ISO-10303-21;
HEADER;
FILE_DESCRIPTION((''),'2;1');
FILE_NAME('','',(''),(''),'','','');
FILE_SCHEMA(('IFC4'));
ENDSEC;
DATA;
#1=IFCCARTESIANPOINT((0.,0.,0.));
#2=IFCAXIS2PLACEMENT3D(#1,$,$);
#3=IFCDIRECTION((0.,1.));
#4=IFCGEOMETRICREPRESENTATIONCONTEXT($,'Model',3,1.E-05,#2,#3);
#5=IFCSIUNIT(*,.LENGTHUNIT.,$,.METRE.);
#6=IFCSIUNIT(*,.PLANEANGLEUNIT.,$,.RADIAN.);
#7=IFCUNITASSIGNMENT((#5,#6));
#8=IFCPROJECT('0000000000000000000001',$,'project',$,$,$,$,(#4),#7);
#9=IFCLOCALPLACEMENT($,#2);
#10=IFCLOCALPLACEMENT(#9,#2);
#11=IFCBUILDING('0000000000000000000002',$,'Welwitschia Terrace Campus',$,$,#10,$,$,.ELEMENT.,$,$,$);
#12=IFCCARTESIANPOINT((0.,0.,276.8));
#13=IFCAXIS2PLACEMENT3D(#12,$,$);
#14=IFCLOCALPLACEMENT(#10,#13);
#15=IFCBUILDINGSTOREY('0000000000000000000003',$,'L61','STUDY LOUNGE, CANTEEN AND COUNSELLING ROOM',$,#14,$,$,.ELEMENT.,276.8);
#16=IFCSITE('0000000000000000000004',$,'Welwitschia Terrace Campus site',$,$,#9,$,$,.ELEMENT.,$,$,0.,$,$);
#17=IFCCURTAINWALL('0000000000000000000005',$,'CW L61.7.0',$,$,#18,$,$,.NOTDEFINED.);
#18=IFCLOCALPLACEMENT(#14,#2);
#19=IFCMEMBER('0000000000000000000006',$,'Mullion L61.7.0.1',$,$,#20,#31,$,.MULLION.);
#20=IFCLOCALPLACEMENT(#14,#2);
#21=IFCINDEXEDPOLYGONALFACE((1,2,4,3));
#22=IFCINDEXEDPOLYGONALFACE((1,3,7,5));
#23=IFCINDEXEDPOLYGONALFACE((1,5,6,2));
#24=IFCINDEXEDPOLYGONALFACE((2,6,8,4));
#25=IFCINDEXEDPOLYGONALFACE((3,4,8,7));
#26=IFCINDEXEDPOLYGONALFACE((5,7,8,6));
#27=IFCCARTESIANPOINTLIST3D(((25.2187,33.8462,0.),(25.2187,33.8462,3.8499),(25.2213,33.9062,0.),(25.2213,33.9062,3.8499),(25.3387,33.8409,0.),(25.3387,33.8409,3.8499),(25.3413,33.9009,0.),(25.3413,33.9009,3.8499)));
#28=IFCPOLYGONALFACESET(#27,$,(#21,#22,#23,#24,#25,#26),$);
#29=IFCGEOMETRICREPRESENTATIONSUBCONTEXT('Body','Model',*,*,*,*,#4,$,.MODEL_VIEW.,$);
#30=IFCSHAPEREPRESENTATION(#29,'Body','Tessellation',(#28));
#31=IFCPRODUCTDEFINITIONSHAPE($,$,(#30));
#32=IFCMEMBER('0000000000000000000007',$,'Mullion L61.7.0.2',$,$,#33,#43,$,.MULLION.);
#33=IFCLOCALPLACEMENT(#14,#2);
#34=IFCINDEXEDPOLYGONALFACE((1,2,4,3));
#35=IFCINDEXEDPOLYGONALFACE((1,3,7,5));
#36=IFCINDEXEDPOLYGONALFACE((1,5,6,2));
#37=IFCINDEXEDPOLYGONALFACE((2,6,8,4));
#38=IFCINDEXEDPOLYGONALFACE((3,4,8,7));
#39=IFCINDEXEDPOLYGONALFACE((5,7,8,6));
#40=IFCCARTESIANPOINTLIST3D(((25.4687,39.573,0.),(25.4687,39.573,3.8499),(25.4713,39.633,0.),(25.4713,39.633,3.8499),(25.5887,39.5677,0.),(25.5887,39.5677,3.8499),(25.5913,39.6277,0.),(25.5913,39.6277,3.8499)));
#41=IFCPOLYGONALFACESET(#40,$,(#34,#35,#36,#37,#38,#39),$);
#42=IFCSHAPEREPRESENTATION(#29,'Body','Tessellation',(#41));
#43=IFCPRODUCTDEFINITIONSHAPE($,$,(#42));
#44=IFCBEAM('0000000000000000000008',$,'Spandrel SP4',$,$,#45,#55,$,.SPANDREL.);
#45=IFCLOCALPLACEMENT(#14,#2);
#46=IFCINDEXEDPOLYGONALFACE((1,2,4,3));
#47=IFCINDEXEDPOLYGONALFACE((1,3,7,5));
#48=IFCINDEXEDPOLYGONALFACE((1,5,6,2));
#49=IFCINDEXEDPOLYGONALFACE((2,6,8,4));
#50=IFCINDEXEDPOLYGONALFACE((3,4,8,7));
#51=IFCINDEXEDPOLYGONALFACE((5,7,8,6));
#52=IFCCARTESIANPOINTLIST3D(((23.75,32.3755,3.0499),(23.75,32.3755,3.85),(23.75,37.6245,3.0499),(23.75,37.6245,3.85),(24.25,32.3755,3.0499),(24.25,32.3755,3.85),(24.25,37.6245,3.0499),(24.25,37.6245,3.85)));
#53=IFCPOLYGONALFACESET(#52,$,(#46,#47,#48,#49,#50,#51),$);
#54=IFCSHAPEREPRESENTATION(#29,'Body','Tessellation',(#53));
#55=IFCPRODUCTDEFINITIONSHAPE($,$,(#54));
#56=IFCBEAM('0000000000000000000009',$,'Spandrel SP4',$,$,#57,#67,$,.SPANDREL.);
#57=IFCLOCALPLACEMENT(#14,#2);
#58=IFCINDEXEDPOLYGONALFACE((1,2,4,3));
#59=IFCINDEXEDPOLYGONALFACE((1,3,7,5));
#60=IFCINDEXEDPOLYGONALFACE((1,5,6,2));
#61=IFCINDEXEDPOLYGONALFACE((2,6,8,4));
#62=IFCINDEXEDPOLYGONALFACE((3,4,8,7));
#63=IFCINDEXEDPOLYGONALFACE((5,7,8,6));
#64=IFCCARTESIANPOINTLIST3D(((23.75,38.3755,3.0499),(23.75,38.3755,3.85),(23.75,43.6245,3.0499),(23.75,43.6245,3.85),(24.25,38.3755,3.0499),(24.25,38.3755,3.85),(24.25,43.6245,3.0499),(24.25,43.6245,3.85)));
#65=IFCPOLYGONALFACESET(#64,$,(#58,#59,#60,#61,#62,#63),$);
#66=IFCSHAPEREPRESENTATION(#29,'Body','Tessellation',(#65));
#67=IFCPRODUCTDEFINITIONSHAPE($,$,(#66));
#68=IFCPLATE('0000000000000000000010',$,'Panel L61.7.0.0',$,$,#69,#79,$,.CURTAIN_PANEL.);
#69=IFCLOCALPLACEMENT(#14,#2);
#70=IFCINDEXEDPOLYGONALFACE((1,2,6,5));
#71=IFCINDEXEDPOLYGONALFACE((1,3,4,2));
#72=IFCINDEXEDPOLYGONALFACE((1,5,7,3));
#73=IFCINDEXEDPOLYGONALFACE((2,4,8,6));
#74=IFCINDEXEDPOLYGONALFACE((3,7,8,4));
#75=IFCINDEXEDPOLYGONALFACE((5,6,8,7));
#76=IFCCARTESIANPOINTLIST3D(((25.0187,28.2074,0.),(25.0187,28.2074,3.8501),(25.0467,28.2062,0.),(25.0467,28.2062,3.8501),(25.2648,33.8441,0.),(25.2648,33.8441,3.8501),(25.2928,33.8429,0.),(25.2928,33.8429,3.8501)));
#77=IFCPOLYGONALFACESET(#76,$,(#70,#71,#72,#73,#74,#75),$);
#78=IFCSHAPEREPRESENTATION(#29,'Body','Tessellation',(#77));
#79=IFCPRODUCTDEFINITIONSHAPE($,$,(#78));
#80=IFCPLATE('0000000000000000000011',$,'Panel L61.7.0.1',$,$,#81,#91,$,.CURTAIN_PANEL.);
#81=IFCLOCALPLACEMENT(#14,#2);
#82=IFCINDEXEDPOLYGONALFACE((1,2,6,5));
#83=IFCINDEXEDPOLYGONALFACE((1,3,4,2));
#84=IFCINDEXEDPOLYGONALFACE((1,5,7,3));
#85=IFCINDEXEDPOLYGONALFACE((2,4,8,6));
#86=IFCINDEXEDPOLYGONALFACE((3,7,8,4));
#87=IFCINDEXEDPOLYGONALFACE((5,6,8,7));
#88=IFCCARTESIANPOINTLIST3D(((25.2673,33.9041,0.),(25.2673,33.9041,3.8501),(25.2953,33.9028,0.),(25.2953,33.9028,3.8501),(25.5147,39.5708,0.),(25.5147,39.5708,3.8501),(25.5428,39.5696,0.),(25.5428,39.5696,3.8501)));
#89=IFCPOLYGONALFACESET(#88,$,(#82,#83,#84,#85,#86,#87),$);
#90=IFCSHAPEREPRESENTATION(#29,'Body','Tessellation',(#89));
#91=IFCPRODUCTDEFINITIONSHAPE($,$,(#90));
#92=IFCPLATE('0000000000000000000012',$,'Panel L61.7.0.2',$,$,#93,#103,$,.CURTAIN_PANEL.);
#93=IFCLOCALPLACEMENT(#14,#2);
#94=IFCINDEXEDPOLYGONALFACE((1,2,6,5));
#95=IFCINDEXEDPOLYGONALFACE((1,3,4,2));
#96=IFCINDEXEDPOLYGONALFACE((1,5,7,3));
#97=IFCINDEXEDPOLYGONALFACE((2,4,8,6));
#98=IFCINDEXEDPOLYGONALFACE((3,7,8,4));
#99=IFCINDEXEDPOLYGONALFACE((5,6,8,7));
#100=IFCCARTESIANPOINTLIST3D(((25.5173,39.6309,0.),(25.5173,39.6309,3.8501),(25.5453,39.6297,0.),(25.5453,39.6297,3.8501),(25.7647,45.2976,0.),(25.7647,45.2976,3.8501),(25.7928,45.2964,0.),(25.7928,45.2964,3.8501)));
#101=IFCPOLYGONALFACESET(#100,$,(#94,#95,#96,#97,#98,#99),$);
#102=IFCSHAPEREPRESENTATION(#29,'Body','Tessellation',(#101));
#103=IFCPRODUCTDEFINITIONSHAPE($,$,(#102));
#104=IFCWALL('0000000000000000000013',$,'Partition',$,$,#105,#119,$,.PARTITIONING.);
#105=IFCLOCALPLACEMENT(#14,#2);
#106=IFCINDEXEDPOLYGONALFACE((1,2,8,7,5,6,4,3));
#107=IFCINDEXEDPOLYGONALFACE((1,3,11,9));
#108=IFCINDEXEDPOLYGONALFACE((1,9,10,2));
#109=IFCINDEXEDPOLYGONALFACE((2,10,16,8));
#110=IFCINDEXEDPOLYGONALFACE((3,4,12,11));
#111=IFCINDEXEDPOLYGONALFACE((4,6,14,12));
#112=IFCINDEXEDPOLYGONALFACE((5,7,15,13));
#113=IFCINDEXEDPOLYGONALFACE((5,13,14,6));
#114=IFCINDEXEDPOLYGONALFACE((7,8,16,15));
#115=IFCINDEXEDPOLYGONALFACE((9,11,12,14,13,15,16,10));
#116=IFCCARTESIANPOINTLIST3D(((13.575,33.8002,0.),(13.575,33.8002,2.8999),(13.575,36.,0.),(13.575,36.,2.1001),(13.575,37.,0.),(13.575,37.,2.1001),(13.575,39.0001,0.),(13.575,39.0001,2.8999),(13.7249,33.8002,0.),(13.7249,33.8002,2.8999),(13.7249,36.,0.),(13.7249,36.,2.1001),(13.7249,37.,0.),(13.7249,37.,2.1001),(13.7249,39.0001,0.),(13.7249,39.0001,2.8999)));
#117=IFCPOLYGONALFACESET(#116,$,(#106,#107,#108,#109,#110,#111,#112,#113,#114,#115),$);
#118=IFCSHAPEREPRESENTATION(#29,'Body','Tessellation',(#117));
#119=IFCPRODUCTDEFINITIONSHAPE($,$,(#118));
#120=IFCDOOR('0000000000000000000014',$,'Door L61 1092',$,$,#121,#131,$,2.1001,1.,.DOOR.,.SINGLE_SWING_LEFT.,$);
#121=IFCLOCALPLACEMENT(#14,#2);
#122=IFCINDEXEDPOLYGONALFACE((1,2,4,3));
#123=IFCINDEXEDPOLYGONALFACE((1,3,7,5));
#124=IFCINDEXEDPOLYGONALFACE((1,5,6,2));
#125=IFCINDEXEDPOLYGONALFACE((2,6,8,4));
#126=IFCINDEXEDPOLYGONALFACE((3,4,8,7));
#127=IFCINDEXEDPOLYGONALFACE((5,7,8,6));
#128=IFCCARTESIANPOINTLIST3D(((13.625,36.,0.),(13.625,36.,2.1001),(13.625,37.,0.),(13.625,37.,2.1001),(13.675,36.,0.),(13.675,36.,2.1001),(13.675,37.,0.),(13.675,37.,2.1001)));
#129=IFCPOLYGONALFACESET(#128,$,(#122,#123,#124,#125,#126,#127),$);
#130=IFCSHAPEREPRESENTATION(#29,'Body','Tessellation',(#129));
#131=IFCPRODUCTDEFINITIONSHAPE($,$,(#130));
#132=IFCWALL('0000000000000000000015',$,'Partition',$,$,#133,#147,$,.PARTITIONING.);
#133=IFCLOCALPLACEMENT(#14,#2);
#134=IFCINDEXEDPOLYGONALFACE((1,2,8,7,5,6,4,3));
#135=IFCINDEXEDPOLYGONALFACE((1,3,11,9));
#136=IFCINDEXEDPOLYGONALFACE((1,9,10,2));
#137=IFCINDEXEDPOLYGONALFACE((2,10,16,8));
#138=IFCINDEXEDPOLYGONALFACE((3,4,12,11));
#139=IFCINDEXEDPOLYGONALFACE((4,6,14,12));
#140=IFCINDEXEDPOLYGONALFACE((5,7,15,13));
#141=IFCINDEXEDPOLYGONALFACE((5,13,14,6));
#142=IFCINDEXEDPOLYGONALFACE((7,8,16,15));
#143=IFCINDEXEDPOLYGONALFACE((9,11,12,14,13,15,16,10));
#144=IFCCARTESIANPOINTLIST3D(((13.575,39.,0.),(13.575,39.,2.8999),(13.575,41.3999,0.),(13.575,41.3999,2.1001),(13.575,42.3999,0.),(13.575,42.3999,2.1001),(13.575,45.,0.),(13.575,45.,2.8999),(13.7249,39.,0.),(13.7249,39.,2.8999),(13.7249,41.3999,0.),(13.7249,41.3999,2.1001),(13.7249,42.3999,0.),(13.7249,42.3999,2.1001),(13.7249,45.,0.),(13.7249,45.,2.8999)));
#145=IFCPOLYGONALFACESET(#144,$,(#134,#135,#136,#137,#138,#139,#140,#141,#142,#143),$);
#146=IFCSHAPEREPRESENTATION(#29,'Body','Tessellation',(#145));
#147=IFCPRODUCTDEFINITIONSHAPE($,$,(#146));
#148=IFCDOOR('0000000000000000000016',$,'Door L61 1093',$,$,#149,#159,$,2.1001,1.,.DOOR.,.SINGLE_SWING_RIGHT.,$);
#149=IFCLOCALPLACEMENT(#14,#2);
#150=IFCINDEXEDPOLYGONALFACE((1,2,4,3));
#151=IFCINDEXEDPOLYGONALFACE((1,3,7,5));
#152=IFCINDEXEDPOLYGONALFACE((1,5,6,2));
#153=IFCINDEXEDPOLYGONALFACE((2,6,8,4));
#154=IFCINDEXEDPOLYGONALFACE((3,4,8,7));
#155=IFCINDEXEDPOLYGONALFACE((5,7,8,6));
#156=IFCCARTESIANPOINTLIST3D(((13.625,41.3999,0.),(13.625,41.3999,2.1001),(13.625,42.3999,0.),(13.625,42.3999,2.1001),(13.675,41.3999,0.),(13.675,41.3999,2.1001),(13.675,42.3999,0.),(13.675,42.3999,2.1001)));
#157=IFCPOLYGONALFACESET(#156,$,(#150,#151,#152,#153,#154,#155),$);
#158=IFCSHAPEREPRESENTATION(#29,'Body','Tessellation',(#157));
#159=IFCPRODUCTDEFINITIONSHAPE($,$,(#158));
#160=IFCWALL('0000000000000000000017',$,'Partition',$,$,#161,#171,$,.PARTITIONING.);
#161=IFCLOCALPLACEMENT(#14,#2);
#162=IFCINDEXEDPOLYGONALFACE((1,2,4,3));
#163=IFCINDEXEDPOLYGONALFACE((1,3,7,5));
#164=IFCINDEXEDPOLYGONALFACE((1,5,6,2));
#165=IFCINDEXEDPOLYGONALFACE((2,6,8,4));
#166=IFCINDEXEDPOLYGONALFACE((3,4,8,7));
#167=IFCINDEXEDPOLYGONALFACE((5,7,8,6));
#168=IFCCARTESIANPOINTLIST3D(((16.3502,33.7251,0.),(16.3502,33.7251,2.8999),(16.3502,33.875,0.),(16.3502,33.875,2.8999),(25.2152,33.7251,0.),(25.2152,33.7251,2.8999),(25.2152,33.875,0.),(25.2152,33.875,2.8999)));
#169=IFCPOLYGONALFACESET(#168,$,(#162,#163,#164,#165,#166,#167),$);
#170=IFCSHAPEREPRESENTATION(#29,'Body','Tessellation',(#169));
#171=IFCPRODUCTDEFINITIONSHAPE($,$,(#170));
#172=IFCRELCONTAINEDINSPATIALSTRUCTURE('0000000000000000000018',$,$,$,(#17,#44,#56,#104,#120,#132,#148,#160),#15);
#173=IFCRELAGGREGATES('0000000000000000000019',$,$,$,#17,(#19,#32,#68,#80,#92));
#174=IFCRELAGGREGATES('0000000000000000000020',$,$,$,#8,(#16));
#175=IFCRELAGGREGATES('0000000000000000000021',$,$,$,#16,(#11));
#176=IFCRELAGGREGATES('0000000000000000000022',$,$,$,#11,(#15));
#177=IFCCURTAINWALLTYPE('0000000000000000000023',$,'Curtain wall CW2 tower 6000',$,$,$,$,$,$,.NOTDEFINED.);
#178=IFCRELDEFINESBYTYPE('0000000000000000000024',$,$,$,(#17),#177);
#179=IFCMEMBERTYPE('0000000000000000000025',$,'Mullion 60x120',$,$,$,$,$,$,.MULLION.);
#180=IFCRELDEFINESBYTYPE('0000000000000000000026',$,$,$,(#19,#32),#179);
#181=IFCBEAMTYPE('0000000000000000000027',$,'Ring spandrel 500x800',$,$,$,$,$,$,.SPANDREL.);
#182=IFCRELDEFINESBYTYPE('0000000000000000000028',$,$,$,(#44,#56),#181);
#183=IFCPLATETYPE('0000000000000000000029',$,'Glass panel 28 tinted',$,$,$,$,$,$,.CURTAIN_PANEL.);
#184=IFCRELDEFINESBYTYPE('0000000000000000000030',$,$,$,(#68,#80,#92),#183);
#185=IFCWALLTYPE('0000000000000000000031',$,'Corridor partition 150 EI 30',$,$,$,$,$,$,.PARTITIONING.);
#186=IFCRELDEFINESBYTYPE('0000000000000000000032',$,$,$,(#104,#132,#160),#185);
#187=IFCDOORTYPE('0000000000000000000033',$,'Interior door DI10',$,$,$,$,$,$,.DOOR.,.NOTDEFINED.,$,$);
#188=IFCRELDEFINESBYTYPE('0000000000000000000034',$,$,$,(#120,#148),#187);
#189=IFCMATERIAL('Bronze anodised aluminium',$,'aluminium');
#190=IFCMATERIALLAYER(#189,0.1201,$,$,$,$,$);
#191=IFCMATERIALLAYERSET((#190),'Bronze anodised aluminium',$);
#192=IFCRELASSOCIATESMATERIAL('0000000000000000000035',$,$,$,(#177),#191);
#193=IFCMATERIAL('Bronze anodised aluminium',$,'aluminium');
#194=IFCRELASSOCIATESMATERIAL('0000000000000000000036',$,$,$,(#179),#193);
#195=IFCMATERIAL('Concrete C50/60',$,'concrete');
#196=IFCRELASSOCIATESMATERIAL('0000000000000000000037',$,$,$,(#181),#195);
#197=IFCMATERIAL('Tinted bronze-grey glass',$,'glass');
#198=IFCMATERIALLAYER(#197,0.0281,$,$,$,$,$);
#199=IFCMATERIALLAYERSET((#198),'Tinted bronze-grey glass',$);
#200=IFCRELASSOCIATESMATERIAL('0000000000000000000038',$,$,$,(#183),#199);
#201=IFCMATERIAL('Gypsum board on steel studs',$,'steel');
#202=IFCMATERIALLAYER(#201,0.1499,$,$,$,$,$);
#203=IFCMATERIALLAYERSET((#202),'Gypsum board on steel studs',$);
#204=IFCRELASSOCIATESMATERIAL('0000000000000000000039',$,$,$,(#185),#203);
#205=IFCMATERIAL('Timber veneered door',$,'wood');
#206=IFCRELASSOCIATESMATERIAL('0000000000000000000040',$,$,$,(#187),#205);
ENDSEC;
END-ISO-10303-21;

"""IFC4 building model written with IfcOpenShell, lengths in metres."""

from ifc_helpers import new_model, si_unit, direction, frame, frame_2d, origin, origin_2d, place, context, subcontext, project, spatial, rectangle, extrude, material, layer, layer_set, material_profile, profile_set, type_object, element, fill, aggregate, save


model = new_model("IFC4")

# Units and contexts
model_context = context("Model", 3, precision=1e-05, world=origin(), true_north=direction((0.0, 1.0)))
body_context = subcontext(model_context, "Body", "Model", "MODEL_VIEW")
ifc_project = project(units=[si_unit("LENGTHUNIT", "METRE"), si_unit("PLANEANGLEUNIT", "RADIAN")], contexts=[model_context])

# Site, building, storey
site_placement = place(None, origin())
site = spatial("IfcSite", under=ifc_project, at=site_placement, Name="Welwitschia Terrace Campus site", CompositionType="ELEMENT", RefElevation=0.0)
building_placement = place(site_placement, origin())
building = spatial("IfcBuilding", under=site, at=building_placement, Name="Welwitschia Terrace Campus", CompositionType="ELEMENT")
storey_placement = place(building_placement, frame((0.0, 0.0, 276.8)))
storey = spatial("IfcBuildingStorey", under=building, at=storey_placement, Name="L61", Description="STUDY LOUNGE, CANTEEN AND COUNSELLING ROOM", CompositionType="ELEMENT", Elevation=276.8)

# Curtain wall, members
ifc_material_1 = material(Name="Bronze anodised aluminium", Category="aluminium")
ifc_layer_1 = layer(ifc_material_1, 0.1201)
ifc_layer_set_1 = layer_set([ifc_layer_1], Name="Bronze anodised aluminium")
curtain_wall_type = type_object("IfcCurtainWallType", Name="Curtain wall CW2 tower 6000", PredefinedType="NOTDEFINED", material=ifc_layer_set_1)
curtain_wall_placement = place(storey_placement, origin())
curtain_wall = element("IfcCurtainWall", 1, at=curtain_wall_placement, inside=storey, type_object=curtain_wall_type, Name="CW L61.7.0", PredefinedType="NOTDEFINED")
ifc_material_2 = material(Name="Bronze anodised aluminium", Category="aluminium")
ifc_material_profile_1 = material_profile(ifc_material_2, rectangle(XDim=0.1201, YDim=0.0601, at=origin_2d()))
ifc_profile_set_1 = profile_set([ifc_material_profile_1], Name="Bronze anodised aluminium")
member_type = type_object("IfcMemberType", Name="Mullion 60x120", PredefinedType="MULLION", material=ifc_profile_set_1)
member_1_placement = place(storey_placement, frame((25.28, 33.8735, 0.0), z_axis=(0.0, 0.0, 1.0), x_axis=(-0.999048, 0.043619, 0.0)))
member_1 = element("IfcMember", 2, at=member_1_placement, type_object=member_type, Name="Mullion L61.7.0.1", PredefinedType="MULLION", context=body_context, shape_type="SweptSolid", body=[
    extrude(rectangle(XDim=0.1201, YDim=0.0601, at=origin_2d()), origin(), (0.0, 0.0, 1.0), 3.8499),
])
member_2_placement = place(storey_placement, frame((25.53, 39.6003, 0.0), z_axis=(0.0, 0.0, 1.0), x_axis=(-0.999048, 0.043619, 0.0)))
member_2 = element("IfcMember", 3, at=member_2_placement, type_object=member_type, Name="Mullion L61.7.0.2", PredefinedType="MULLION", context=body_context, shape_type="SweptSolid", body=[
    extrude(rectangle(XDim=0.1201, YDim=0.0601, at=origin_2d()), origin(), (0.0, 0.0, 1.0), 3.8499),
])

# Beams
ifc_material_3 = material(Name="Concrete C50/60", Category="concrete")
ifc_material_profile_2 = material_profile(ifc_material_3, rectangle(XDim=0.5, YDim=0.8, at=origin_2d()))
ifc_profile_set_2 = profile_set([ifc_material_profile_2], Name="Concrete C50/60")
beam_type_1 = type_object("IfcBeamType", Name="Ring spandrel 500x800", PredefinedType="SPANDREL", material=ifc_profile_set_2)
for number, where, z_axis, x_axis, name in (
    (4, (24.0, 32.3755, 3.45), (0.0, 1.0, 0.0), (-1.0, 0.0, 0.0), "Spandrel SP4"),
    (5, (24.0, 38.3755, 3.45), (0.0, 1.0, 0.0), (-1.0, 0.0, 0.0), "Spandrel SP4"),
):
    element("IfcBeam", number, at=place(storey_placement, frame(where, z_axis=z_axis, x_axis=x_axis)), inside=storey, type_object=beam_type_1, Name=name, PredefinedType="SPANDREL", context=body_context, shape_type="SweptSolid", body=[
        extrude(rectangle(XDim=0.5, YDim=0.8, at=origin_2d()), origin(), (0.0, 0.0, 1.0), 5.249),
    ])

# Plates
ifc_material_4 = material(Name="Tinted bronze-grey glass", Category="glass")
ifc_layer_2 = layer(ifc_material_4, 0.0281)
ifc_layer_set_2 = layer_set([ifc_layer_2], Name="Tinted bronze-grey glass")
plate_type = type_object("IfcPlateType", Name="Glass panel 28 tinted", PredefinedType="CURTAIN_PANEL", material=ifc_layer_set_2)
plate_1_placement = place(storey_placement, frame((25.1558, 31.0251, 0.0), z_axis=(0.0, 0.0, 1.0), x_axis=(0.043619, 0.999048, 0.0)))
plate_1 = element("IfcPlate", 6, at=plate_1_placement, type_object=plate_type, Name="Panel L61.7.0.0", PredefinedType="CURTAIN_PANEL", context=body_context, shape_type="SweptSolid", body=[
    extrude(rectangle(XDim=5.6421, YDim=0.0281, at=origin_2d()), origin(), (0.0, 0.0, 1.0), 3.8501),
])
plate_2_placement = place(storey_placement, frame((25.405, 36.7368, 0.0), z_axis=(0.0, 0.0, 1.0), x_axis=(0.043619, 0.999048, 0.0)))
plate_2 = element("IfcPlate", 7, at=plate_2_placement, type_object=plate_type, Name="Panel L61.7.0.1", PredefinedType="CURTAIN_PANEL", context=body_context, shape_type="SweptSolid", body=[
    extrude(rectangle(XDim=5.6721, YDim=0.0281, at=origin_2d()), origin(), (0.0, 0.0, 1.0), 3.8501),
])
plate_3_placement = place(storey_placement, frame((25.655, 42.4636, 0.0), z_axis=(0.0, 0.0, 1.0), x_axis=(0.043619, 0.999048, 0.0)))
plate_3 = element("IfcPlate", 8, at=plate_3_placement, type_object=plate_type, Name="Panel L61.7.0.2", PredefinedType="CURTAIN_PANEL", context=body_context, shape_type="SweptSolid", body=[
    extrude(rectangle(XDim=5.6721, YDim=0.0281, at=origin_2d()), origin(), (0.0, 0.0, 1.0), 3.8501),
])
aggregate(curtain_wall, [member_1, member_2, plate_1, plate_2, plate_3])

# Walls, openings, doors
ifc_material_5 = material(Name="Gypsum board on steel studs", Category="steel")
ifc_layer_3 = layer(ifc_material_5, 0.1499)
ifc_layer_set_3 = layer_set([ifc_layer_3], Name="Gypsum board on steel studs")
wall_type = type_object("IfcWallType", Name="Corridor partition 150 EI 30", PredefinedType="PARTITIONING", material=ifc_layer_set_3)
wall_1_placement = place(storey_placement, frame((13.6499, 33.8, 0.0), z_axis=(0.0, 0.0, 1.0), x_axis=(0.0, 1.0, 0.0)))
wall_1 = element("IfcWall", 9, at=wall_1_placement, inside=storey, type_object=wall_type, Name="Partition", PredefinedType="PARTITIONING", context=body_context, shape_type="SweptSolid", body=[
    extrude(rectangle(XDim=5.2, YDim=0.1499, at=frame_2d((2.6001, 0.0))), origin(), (0.0, 0.0, 1.0), 2.8999),
])
opening_1_placement = place(wall_1_placement, frame((2.2, 0.0, 0.0)))
opening_1 = element("IfcOpeningElement", 10, at=opening_1_placement, cuts=wall_1, PredefinedType="OPENING", context=body_context, shape_type="SweptSolid", body=[
    extrude(rectangle(XDim=1.0, YDim=2.1001, at=frame_2d((0.5, 1.05))), frame((0.0, 0.085, 0.0), z_axis=(0.0, -1.0, 0.0), x_axis=(1.0, 0.0, 0.0)), (0.0, 0.0, 1.0), 0.1699),
])
ifc_material_6 = material(Name="Timber veneered door", Category="wood")
door_type = type_object("IfcDoorType", Name="Interior door DI10", OperationType="NOTDEFINED", PredefinedType="DOOR", material=ifc_material_6)
door_1_placement = place(opening_1_placement, origin())
door_1 = element("IfcDoor", 11, at=door_1_placement, inside=storey, type_object=door_type, Name="Door L61 1092", OperationType="SINGLE_SWING_LEFT", OverallHeight=2.1001, OverallWidth=1.0, PredefinedType="DOOR", context=body_context, shape_type="SweptSolid", body=[
    extrude(rectangle(XDim=1.0, YDim=2.1001, at=frame_2d((0.5, 1.05))), frame((0.0, 0.0249, 0.0), z_axis=(0.0, -1.0, 0.0), x_axis=(1.0, 0.0, 0.0)), (0.0, 0.0, 1.0), 0.05),
])
fill(opening_1, door_1)
wall_2_placement = place(storey_placement, frame((13.6499, 39.0, 0.0), z_axis=(0.0, 0.0, 1.0), x_axis=(0.0, 1.0, 0.0)))
wall_2 = element("IfcWall", 12, at=wall_2_placement, inside=storey, type_object=wall_type, Name="Partition", PredefinedType="PARTITIONING", context=body_context, shape_type="SweptSolid", body=[
    extrude(rectangle(XDim=6.0, YDim=0.1499, at=frame_2d((3.0, 0.0))), origin(), (0.0, 0.0, 1.0), 2.8999),
])
opening_2_placement = place(wall_2_placement, frame((2.3999, 0.0, 0.0)))
opening_2 = element("IfcOpeningElement", 13, at=opening_2_placement, cuts=wall_2, PredefinedType="OPENING", context=body_context, shape_type="SweptSolid", body=[
    extrude(rectangle(XDim=1.0, YDim=2.1001, at=frame_2d((0.5, 1.05))), frame((0.0, 0.085, 0.0), z_axis=(0.0, -1.0, 0.0), x_axis=(1.0, 0.0, 0.0)), (0.0, 0.0, 1.0), 0.1699),
])
door_2_placement = place(opening_2_placement, origin())
door_2 = element("IfcDoor", 14, at=door_2_placement, inside=storey, type_object=door_type, Name="Door L61 1093", OperationType="SINGLE_SWING_RIGHT", OverallHeight=2.1001, OverallWidth=1.0, PredefinedType="DOOR", context=body_context, shape_type="SweptSolid", body=[
    extrude(rectangle(XDim=1.0, YDim=2.1001, at=frame_2d((0.5, 1.05))), frame((0.0, 0.0249, 0.0), z_axis=(0.0, -1.0, 0.0), x_axis=(1.0, 0.0, 0.0)), (0.0, 0.0, 1.0), 0.05),
])
fill(opening_2, door_2)

# Wall
wall_3_placement = place(storey_placement, frame((16.3501, 33.8, 0.0), z_axis=(0.0, 0.0, 1.0), x_axis=(1.0, 0.0, 0.0)))
element("IfcWall", 15, at=wall_3_placement, inside=storey, type_object=wall_type, Name="Partition", PredefinedType="PARTITIONING", context=body_context, shape_type="SweptSolid", body=[
    extrude(rectangle(XDim=8.865, YDim=0.1499, at=frame_2d((4.4326, 0.0))), origin(), (0.0, 0.0, 1.0), 2.8999),
])

save(model, "model.ifc")
